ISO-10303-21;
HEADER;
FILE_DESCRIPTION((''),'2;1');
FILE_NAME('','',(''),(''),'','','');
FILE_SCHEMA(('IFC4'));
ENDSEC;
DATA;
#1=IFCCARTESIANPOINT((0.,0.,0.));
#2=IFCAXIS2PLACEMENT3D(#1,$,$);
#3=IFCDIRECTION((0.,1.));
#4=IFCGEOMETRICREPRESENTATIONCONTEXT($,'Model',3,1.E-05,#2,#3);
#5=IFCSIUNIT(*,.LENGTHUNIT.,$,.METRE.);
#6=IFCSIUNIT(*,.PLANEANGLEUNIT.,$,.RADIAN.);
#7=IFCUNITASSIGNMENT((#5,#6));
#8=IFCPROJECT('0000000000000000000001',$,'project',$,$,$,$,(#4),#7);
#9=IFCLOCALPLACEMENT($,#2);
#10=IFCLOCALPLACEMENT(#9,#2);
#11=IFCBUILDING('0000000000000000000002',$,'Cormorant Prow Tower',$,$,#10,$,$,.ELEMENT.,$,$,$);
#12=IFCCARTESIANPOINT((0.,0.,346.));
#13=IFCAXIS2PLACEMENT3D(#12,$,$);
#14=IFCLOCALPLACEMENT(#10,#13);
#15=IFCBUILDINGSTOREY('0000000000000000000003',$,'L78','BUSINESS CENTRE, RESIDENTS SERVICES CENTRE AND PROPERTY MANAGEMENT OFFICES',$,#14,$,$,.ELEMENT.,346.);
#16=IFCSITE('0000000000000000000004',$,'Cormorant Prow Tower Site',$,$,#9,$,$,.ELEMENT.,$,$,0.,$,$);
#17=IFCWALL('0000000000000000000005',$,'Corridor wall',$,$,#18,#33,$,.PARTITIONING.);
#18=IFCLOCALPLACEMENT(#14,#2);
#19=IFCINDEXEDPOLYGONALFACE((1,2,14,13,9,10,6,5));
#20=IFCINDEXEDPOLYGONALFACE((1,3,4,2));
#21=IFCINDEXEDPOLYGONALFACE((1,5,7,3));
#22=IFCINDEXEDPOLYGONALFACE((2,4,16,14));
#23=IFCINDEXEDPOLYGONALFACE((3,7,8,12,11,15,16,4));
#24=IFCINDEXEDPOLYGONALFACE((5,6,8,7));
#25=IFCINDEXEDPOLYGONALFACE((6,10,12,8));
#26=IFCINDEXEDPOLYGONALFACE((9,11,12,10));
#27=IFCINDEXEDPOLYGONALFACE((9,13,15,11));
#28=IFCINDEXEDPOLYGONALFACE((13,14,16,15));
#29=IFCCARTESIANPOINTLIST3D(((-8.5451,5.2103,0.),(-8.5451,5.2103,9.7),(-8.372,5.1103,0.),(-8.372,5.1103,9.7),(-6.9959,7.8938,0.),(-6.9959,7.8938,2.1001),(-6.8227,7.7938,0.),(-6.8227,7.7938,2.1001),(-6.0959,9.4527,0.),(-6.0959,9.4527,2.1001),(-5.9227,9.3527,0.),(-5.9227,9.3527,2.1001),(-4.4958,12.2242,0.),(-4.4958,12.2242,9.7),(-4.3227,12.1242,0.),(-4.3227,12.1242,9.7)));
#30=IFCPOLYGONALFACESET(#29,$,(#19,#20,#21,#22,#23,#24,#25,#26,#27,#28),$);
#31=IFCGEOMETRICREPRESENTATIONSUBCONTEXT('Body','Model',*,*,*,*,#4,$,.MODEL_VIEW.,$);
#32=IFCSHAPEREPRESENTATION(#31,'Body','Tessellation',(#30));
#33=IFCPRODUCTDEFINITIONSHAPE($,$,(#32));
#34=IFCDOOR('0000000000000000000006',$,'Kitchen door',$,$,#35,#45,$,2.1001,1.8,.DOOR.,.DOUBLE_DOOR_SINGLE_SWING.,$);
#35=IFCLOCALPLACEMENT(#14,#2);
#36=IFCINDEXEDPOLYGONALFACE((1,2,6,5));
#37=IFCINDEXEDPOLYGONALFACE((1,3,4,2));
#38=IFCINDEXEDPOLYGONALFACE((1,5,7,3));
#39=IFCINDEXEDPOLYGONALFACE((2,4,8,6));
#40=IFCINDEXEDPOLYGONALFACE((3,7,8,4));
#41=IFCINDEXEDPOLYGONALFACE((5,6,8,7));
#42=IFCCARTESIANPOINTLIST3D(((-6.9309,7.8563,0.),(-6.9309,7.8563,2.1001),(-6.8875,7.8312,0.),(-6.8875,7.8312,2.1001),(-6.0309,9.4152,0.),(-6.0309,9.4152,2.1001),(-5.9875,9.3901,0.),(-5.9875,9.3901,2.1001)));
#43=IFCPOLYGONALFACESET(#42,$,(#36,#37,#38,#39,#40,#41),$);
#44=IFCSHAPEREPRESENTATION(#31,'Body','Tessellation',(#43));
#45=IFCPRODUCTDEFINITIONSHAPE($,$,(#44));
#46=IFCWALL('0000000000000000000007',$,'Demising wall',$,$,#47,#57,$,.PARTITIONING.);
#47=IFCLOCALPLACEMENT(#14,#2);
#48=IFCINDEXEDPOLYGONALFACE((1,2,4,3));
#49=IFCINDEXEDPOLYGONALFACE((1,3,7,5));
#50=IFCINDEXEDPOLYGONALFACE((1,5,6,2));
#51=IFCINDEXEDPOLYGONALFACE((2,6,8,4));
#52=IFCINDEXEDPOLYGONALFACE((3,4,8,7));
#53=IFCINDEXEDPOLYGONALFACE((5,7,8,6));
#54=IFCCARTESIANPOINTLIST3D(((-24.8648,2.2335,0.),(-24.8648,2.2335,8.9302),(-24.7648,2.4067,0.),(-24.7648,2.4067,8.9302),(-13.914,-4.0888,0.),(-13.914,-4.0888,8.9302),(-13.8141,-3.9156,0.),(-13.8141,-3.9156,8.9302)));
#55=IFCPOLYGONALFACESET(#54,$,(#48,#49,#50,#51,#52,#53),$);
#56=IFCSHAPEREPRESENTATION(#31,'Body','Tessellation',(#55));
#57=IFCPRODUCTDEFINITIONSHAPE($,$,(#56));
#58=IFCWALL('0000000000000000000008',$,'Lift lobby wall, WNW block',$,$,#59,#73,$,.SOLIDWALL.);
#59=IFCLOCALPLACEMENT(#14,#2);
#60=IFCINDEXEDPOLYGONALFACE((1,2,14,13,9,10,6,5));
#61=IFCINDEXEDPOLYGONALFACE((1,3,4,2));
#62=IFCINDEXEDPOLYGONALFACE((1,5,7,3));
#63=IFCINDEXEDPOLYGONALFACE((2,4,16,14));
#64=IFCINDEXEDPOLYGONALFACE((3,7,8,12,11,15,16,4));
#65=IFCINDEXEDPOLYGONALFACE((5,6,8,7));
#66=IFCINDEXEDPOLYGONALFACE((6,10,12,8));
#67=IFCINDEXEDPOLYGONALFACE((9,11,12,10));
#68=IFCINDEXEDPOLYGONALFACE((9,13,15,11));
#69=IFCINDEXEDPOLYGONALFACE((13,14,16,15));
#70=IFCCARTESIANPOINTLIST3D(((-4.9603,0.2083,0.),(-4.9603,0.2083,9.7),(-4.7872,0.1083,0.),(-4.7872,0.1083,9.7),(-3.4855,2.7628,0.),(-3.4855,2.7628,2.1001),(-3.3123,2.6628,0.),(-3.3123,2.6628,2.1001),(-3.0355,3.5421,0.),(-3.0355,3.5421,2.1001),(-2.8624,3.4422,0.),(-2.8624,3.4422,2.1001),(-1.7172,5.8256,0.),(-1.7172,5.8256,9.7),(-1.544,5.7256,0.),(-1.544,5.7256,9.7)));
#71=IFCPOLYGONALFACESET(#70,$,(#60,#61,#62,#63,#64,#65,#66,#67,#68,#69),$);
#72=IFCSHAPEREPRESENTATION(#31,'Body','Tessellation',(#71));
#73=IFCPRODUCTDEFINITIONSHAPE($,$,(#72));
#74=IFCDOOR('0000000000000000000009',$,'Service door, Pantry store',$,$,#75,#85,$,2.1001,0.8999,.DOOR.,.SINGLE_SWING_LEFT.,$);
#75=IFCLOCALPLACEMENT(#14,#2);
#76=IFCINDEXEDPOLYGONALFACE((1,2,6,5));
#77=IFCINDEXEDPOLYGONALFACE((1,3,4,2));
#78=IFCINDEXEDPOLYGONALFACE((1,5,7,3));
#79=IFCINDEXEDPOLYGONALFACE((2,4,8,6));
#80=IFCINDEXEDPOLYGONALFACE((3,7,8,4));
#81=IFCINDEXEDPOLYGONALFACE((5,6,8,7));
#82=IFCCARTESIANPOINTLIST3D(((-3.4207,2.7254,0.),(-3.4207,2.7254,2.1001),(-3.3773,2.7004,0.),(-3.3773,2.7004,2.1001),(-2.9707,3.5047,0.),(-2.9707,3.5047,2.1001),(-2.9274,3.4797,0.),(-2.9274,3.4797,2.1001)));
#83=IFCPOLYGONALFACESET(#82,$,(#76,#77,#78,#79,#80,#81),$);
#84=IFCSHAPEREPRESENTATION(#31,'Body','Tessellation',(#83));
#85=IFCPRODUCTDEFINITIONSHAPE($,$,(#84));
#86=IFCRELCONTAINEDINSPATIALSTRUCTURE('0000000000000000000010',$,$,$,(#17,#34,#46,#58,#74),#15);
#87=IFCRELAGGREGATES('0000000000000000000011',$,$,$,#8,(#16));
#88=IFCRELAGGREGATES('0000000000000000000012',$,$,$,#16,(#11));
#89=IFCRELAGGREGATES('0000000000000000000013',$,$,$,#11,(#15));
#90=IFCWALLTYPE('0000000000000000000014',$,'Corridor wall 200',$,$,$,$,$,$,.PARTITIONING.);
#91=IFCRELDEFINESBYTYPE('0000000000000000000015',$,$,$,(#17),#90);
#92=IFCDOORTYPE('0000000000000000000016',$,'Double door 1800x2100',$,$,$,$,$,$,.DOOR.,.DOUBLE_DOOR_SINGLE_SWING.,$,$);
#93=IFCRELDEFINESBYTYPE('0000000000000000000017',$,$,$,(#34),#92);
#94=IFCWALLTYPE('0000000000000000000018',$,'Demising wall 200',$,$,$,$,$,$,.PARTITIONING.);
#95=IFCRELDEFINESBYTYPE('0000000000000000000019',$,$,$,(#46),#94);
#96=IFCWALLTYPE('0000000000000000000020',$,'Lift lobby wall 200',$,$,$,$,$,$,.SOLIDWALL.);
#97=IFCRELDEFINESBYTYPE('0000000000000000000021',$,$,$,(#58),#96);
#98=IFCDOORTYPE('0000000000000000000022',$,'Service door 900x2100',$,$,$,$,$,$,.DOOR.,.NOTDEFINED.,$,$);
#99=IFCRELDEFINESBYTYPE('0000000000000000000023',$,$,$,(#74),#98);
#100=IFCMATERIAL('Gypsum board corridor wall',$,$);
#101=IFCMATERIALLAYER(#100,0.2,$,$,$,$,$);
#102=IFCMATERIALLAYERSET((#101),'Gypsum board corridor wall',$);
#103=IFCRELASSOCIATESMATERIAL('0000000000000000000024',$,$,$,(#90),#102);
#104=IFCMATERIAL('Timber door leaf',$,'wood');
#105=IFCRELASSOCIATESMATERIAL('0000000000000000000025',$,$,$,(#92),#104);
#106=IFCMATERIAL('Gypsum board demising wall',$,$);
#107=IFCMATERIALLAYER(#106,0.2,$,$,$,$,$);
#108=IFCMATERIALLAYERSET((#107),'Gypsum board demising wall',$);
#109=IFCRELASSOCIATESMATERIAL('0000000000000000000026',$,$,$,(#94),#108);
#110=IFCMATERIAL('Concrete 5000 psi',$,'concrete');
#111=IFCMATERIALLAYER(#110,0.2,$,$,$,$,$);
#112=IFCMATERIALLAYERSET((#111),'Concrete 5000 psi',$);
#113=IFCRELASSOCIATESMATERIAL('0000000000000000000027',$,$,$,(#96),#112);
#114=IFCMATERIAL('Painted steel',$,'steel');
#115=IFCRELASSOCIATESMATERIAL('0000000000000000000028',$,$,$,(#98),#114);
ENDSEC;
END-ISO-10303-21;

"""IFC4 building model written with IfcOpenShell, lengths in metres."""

from ifc_helpers import new_model, si_unit, direction, frame, frame_2d, origin, place, context, subcontext, project, spatial, rectangle, extrude, material, layer, layer_set, type_object, element, fill, save


model = new_model("IFC4")

# Units and contexts
model_context = context("Model", 3, precision=1e-05, world=origin(), true_north=direction((0.0, 1.0)))
body_context = subcontext(model_context, "Body", "Model", "MODEL_VIEW")
ifc_project = project(units=[si_unit("LENGTHUNIT", "METRE"), si_unit("PLANEANGLEUNIT", "RADIAN")], contexts=[model_context])

# Site, building, storey
site_placement = place(None, origin())
site = spatial("IfcSite", under=ifc_project, at=site_placement, Name="Cormorant Prow Tower Site", CompositionType="ELEMENT", RefElevation=0.0)
building_placement = place(site_placement, origin())
building = spatial("IfcBuilding", under=site, at=building_placement, Name="Cormorant Prow Tower", CompositionType="ELEMENT")
storey_placement = place(building_placement, frame((0.0, 0.0, 346.0)))
storey = spatial("IfcBuildingStorey", under=building, at=storey_placement, Name="L78", Description="BUSINESS CENTRE, RESIDENTS SERVICES CENTRE AND PROPERTY MANAGEMENT OFFICES", CompositionType="ELEMENT", Elevation=346.0)

# Wall, opening, door
ifc_material_1 = material(Name="Gypsum board corridor wall")
ifc_layer_1 = layer(ifc_material_1, 0.2)
ifc_layer_set_1 = layer_set([ifc_layer_1], Name="Gypsum board corridor wall")
wall_type_1 = type_object("IfcWallType", Name="Corridor wall 200", PredefinedType="PARTITIONING", material=ifc_layer_set_1)
wall_1_placement = place(storey_placement, frame((-8.4585, 5.1604, 0.0), z_axis=(0.0, 0.0, 1.0), x_axis=(0.499984, 0.866034, 0.0)))
wall_1 = element("IfcWall", 1, at=wall_1_placement, inside=storey, type_object=wall_type_1, Name="Corridor wall", PredefinedType="PARTITIONING", context=body_context, shape_type="SweptSolid", body=[
    extrude(rectangle(XDim=8.0989, YDim=0.2, at=frame_2d((4.0493, 0.0))), origin(), (0.0, 0.0, 1.0), 9.7),
])
opening_1_placement = place(wall_1_placement, frame((3.0986, 0.0, 0.0)))
opening_1 = element("IfcOpeningElement", 2, at=opening_1_placement, cuts=wall_1, PredefinedType="OPENING", context=body_context, shape_type="SweptSolid", body=[
    extrude(rectangle(XDim=1.8, YDim=2.1001, at=frame_2d((0.8999, 1.05))), frame((0.0, 0.1099, 0.0), z_axis=(0.0, -1.0, 0.0), x_axis=(1.0, 0.0, 0.0)), (0.0, 0.0, 1.0), 0.22),
])
ifc_material_2 = material(Name="Timber door leaf", Category="wood")
door_type_1 = type_object("IfcDoorType", Name="Double door 1800x2100", OperationType="DOUBLE_DOOR_SINGLE_SWING", PredefinedType="DOOR", material=ifc_material_2)
door_1_placement = place(opening_1_placement, origin())
door_1 = element("IfcDoor", 3, at=door_1_placement, inside=storey, type_object=door_type_1, Name="Kitchen door", OperationType="DOUBLE_DOOR_SINGLE_SWING", OverallHeight=2.1001, OverallWidth=1.8, PredefinedType="DOOR", context=body_context, shape_type="SweptSolid", body=[
    extrude(rectangle(XDim=1.8, YDim=2.1001, at=frame_2d((0.8999, 1.05))), frame((0.0, 0.0249, 0.0), z_axis=(0.0, -1.0, 0.0), x_axis=(1.0, 0.0, 0.0)), (0.0, 0.0, 1.0), 0.05),
])
fill(opening_1, door_1)

# Wall
ifc_material_3 = material(Name="Gypsum board demising wall")
ifc_layer_2 = layer(ifc_material_3, 0.2)
ifc_layer_set_2 = layer_set([ifc_layer_2], Name="Gypsum board demising wall")
wall_type_2 = type_object("IfcWallType", Name="Demising wall 200", PredefinedType="PARTITIONING", material=ifc_layer_set_2)
wall_2_placement = place(storey_placement, frame((-24.8147, 2.3201, 0.0), z_axis=(0.0, 0.0, 1.0), x_axis=(0.866029, -0.499993, 0.0)))
element("IfcWall", 4, at=wall_2_placement, inside=storey, type_object=wall_type_2, Name="Demising wall", PredefinedType="PARTITIONING", context=body_context, shape_type="SweptSolid", body=[
    extrude(rectangle(XDim=12.6448, YDim=0.2, at=frame_2d((6.3223, 0.0))), origin(), (0.0, 0.0, 1.0), 8.9302),
])

# Wall, opening, door
ifc_material_4 = material(Name="Concrete 5000 psi", Category="concrete")
ifc_layer_3 = layer(ifc_material_4, 0.2)
ifc_layer_set_3 = layer_set([ifc_layer_3], Name="Concrete 5000 psi")
wall_type_3 = type_object("IfcWallType", Name="Lift lobby wall 200", PredefinedType="SOLIDWALL", material=ifc_layer_set_3)
wall_3_placement = place(storey_placement, frame((-1.6306, 5.7756, 0.0), z_axis=(0.0, 0.0, 1.0), x_axis=(-0.499993, -0.86603, 0.0)))
wall_3 = element("IfcWall", 5, at=wall_3_placement, inside=storey, type_object=wall_type_3, Name="Lift lobby wall, WNW block", PredefinedType="SOLIDWALL", context=body_context, shape_type="SweptSolid", body=[
    extrude(rectangle(XDim=6.4863, YDim=0.2, at=frame_2d((3.2432, 0.0))), origin(), (0.0, 0.0, 1.0), 9.7),
])
opening_2_placement = place(wall_3_placement, frame((2.6367, 0.0, 0.0)))
opening_2 = element("IfcOpeningElement", 6, at=opening_2_placement, cuts=wall_3, PredefinedType="OPENING", context=body_context, shape_type="SweptSolid", body=[
    extrude(rectangle(XDim=0.8999, YDim=2.1001, at=frame_2d((0.45, 1.05))), frame((0.0, 0.1099, 0.0), z_axis=(0.0, -1.0, 0.0), x_axis=(1.0, 0.0, 0.0)), (0.0, 0.0, 1.0), 0.22),
])
ifc_material_5 = material(Name="Painted steel", Category="steel")
door_type_2 = type_object("IfcDoorType", Name="Service door 900x2100", OperationType="NOTDEFINED", PredefinedType="DOOR", material=ifc_material_5)
door_2_placement = place(opening_2_placement, origin())
door_2 = element("IfcDoor", 7, at=door_2_placement, inside=storey, type_object=door_type_2, Name="Service door, Pantry store", OperationType="SINGLE_SWING_LEFT", OverallHeight=2.1001, OverallWidth=0.8999, PredefinedType="DOOR", context=body_context, shape_type="SweptSolid", body=[
    extrude(rectangle(XDim=0.8999, YDim=2.1001, at=frame_2d((0.45, 1.05))), frame((0.0, 0.0249, 0.0), z_axis=(0.0, -1.0, 0.0), x_axis=(1.0, 0.0, 0.0)), (0.0, 0.0, 1.0), 0.05),
])
fill(opening_2, door_2)

save(model, "model.ifc")
